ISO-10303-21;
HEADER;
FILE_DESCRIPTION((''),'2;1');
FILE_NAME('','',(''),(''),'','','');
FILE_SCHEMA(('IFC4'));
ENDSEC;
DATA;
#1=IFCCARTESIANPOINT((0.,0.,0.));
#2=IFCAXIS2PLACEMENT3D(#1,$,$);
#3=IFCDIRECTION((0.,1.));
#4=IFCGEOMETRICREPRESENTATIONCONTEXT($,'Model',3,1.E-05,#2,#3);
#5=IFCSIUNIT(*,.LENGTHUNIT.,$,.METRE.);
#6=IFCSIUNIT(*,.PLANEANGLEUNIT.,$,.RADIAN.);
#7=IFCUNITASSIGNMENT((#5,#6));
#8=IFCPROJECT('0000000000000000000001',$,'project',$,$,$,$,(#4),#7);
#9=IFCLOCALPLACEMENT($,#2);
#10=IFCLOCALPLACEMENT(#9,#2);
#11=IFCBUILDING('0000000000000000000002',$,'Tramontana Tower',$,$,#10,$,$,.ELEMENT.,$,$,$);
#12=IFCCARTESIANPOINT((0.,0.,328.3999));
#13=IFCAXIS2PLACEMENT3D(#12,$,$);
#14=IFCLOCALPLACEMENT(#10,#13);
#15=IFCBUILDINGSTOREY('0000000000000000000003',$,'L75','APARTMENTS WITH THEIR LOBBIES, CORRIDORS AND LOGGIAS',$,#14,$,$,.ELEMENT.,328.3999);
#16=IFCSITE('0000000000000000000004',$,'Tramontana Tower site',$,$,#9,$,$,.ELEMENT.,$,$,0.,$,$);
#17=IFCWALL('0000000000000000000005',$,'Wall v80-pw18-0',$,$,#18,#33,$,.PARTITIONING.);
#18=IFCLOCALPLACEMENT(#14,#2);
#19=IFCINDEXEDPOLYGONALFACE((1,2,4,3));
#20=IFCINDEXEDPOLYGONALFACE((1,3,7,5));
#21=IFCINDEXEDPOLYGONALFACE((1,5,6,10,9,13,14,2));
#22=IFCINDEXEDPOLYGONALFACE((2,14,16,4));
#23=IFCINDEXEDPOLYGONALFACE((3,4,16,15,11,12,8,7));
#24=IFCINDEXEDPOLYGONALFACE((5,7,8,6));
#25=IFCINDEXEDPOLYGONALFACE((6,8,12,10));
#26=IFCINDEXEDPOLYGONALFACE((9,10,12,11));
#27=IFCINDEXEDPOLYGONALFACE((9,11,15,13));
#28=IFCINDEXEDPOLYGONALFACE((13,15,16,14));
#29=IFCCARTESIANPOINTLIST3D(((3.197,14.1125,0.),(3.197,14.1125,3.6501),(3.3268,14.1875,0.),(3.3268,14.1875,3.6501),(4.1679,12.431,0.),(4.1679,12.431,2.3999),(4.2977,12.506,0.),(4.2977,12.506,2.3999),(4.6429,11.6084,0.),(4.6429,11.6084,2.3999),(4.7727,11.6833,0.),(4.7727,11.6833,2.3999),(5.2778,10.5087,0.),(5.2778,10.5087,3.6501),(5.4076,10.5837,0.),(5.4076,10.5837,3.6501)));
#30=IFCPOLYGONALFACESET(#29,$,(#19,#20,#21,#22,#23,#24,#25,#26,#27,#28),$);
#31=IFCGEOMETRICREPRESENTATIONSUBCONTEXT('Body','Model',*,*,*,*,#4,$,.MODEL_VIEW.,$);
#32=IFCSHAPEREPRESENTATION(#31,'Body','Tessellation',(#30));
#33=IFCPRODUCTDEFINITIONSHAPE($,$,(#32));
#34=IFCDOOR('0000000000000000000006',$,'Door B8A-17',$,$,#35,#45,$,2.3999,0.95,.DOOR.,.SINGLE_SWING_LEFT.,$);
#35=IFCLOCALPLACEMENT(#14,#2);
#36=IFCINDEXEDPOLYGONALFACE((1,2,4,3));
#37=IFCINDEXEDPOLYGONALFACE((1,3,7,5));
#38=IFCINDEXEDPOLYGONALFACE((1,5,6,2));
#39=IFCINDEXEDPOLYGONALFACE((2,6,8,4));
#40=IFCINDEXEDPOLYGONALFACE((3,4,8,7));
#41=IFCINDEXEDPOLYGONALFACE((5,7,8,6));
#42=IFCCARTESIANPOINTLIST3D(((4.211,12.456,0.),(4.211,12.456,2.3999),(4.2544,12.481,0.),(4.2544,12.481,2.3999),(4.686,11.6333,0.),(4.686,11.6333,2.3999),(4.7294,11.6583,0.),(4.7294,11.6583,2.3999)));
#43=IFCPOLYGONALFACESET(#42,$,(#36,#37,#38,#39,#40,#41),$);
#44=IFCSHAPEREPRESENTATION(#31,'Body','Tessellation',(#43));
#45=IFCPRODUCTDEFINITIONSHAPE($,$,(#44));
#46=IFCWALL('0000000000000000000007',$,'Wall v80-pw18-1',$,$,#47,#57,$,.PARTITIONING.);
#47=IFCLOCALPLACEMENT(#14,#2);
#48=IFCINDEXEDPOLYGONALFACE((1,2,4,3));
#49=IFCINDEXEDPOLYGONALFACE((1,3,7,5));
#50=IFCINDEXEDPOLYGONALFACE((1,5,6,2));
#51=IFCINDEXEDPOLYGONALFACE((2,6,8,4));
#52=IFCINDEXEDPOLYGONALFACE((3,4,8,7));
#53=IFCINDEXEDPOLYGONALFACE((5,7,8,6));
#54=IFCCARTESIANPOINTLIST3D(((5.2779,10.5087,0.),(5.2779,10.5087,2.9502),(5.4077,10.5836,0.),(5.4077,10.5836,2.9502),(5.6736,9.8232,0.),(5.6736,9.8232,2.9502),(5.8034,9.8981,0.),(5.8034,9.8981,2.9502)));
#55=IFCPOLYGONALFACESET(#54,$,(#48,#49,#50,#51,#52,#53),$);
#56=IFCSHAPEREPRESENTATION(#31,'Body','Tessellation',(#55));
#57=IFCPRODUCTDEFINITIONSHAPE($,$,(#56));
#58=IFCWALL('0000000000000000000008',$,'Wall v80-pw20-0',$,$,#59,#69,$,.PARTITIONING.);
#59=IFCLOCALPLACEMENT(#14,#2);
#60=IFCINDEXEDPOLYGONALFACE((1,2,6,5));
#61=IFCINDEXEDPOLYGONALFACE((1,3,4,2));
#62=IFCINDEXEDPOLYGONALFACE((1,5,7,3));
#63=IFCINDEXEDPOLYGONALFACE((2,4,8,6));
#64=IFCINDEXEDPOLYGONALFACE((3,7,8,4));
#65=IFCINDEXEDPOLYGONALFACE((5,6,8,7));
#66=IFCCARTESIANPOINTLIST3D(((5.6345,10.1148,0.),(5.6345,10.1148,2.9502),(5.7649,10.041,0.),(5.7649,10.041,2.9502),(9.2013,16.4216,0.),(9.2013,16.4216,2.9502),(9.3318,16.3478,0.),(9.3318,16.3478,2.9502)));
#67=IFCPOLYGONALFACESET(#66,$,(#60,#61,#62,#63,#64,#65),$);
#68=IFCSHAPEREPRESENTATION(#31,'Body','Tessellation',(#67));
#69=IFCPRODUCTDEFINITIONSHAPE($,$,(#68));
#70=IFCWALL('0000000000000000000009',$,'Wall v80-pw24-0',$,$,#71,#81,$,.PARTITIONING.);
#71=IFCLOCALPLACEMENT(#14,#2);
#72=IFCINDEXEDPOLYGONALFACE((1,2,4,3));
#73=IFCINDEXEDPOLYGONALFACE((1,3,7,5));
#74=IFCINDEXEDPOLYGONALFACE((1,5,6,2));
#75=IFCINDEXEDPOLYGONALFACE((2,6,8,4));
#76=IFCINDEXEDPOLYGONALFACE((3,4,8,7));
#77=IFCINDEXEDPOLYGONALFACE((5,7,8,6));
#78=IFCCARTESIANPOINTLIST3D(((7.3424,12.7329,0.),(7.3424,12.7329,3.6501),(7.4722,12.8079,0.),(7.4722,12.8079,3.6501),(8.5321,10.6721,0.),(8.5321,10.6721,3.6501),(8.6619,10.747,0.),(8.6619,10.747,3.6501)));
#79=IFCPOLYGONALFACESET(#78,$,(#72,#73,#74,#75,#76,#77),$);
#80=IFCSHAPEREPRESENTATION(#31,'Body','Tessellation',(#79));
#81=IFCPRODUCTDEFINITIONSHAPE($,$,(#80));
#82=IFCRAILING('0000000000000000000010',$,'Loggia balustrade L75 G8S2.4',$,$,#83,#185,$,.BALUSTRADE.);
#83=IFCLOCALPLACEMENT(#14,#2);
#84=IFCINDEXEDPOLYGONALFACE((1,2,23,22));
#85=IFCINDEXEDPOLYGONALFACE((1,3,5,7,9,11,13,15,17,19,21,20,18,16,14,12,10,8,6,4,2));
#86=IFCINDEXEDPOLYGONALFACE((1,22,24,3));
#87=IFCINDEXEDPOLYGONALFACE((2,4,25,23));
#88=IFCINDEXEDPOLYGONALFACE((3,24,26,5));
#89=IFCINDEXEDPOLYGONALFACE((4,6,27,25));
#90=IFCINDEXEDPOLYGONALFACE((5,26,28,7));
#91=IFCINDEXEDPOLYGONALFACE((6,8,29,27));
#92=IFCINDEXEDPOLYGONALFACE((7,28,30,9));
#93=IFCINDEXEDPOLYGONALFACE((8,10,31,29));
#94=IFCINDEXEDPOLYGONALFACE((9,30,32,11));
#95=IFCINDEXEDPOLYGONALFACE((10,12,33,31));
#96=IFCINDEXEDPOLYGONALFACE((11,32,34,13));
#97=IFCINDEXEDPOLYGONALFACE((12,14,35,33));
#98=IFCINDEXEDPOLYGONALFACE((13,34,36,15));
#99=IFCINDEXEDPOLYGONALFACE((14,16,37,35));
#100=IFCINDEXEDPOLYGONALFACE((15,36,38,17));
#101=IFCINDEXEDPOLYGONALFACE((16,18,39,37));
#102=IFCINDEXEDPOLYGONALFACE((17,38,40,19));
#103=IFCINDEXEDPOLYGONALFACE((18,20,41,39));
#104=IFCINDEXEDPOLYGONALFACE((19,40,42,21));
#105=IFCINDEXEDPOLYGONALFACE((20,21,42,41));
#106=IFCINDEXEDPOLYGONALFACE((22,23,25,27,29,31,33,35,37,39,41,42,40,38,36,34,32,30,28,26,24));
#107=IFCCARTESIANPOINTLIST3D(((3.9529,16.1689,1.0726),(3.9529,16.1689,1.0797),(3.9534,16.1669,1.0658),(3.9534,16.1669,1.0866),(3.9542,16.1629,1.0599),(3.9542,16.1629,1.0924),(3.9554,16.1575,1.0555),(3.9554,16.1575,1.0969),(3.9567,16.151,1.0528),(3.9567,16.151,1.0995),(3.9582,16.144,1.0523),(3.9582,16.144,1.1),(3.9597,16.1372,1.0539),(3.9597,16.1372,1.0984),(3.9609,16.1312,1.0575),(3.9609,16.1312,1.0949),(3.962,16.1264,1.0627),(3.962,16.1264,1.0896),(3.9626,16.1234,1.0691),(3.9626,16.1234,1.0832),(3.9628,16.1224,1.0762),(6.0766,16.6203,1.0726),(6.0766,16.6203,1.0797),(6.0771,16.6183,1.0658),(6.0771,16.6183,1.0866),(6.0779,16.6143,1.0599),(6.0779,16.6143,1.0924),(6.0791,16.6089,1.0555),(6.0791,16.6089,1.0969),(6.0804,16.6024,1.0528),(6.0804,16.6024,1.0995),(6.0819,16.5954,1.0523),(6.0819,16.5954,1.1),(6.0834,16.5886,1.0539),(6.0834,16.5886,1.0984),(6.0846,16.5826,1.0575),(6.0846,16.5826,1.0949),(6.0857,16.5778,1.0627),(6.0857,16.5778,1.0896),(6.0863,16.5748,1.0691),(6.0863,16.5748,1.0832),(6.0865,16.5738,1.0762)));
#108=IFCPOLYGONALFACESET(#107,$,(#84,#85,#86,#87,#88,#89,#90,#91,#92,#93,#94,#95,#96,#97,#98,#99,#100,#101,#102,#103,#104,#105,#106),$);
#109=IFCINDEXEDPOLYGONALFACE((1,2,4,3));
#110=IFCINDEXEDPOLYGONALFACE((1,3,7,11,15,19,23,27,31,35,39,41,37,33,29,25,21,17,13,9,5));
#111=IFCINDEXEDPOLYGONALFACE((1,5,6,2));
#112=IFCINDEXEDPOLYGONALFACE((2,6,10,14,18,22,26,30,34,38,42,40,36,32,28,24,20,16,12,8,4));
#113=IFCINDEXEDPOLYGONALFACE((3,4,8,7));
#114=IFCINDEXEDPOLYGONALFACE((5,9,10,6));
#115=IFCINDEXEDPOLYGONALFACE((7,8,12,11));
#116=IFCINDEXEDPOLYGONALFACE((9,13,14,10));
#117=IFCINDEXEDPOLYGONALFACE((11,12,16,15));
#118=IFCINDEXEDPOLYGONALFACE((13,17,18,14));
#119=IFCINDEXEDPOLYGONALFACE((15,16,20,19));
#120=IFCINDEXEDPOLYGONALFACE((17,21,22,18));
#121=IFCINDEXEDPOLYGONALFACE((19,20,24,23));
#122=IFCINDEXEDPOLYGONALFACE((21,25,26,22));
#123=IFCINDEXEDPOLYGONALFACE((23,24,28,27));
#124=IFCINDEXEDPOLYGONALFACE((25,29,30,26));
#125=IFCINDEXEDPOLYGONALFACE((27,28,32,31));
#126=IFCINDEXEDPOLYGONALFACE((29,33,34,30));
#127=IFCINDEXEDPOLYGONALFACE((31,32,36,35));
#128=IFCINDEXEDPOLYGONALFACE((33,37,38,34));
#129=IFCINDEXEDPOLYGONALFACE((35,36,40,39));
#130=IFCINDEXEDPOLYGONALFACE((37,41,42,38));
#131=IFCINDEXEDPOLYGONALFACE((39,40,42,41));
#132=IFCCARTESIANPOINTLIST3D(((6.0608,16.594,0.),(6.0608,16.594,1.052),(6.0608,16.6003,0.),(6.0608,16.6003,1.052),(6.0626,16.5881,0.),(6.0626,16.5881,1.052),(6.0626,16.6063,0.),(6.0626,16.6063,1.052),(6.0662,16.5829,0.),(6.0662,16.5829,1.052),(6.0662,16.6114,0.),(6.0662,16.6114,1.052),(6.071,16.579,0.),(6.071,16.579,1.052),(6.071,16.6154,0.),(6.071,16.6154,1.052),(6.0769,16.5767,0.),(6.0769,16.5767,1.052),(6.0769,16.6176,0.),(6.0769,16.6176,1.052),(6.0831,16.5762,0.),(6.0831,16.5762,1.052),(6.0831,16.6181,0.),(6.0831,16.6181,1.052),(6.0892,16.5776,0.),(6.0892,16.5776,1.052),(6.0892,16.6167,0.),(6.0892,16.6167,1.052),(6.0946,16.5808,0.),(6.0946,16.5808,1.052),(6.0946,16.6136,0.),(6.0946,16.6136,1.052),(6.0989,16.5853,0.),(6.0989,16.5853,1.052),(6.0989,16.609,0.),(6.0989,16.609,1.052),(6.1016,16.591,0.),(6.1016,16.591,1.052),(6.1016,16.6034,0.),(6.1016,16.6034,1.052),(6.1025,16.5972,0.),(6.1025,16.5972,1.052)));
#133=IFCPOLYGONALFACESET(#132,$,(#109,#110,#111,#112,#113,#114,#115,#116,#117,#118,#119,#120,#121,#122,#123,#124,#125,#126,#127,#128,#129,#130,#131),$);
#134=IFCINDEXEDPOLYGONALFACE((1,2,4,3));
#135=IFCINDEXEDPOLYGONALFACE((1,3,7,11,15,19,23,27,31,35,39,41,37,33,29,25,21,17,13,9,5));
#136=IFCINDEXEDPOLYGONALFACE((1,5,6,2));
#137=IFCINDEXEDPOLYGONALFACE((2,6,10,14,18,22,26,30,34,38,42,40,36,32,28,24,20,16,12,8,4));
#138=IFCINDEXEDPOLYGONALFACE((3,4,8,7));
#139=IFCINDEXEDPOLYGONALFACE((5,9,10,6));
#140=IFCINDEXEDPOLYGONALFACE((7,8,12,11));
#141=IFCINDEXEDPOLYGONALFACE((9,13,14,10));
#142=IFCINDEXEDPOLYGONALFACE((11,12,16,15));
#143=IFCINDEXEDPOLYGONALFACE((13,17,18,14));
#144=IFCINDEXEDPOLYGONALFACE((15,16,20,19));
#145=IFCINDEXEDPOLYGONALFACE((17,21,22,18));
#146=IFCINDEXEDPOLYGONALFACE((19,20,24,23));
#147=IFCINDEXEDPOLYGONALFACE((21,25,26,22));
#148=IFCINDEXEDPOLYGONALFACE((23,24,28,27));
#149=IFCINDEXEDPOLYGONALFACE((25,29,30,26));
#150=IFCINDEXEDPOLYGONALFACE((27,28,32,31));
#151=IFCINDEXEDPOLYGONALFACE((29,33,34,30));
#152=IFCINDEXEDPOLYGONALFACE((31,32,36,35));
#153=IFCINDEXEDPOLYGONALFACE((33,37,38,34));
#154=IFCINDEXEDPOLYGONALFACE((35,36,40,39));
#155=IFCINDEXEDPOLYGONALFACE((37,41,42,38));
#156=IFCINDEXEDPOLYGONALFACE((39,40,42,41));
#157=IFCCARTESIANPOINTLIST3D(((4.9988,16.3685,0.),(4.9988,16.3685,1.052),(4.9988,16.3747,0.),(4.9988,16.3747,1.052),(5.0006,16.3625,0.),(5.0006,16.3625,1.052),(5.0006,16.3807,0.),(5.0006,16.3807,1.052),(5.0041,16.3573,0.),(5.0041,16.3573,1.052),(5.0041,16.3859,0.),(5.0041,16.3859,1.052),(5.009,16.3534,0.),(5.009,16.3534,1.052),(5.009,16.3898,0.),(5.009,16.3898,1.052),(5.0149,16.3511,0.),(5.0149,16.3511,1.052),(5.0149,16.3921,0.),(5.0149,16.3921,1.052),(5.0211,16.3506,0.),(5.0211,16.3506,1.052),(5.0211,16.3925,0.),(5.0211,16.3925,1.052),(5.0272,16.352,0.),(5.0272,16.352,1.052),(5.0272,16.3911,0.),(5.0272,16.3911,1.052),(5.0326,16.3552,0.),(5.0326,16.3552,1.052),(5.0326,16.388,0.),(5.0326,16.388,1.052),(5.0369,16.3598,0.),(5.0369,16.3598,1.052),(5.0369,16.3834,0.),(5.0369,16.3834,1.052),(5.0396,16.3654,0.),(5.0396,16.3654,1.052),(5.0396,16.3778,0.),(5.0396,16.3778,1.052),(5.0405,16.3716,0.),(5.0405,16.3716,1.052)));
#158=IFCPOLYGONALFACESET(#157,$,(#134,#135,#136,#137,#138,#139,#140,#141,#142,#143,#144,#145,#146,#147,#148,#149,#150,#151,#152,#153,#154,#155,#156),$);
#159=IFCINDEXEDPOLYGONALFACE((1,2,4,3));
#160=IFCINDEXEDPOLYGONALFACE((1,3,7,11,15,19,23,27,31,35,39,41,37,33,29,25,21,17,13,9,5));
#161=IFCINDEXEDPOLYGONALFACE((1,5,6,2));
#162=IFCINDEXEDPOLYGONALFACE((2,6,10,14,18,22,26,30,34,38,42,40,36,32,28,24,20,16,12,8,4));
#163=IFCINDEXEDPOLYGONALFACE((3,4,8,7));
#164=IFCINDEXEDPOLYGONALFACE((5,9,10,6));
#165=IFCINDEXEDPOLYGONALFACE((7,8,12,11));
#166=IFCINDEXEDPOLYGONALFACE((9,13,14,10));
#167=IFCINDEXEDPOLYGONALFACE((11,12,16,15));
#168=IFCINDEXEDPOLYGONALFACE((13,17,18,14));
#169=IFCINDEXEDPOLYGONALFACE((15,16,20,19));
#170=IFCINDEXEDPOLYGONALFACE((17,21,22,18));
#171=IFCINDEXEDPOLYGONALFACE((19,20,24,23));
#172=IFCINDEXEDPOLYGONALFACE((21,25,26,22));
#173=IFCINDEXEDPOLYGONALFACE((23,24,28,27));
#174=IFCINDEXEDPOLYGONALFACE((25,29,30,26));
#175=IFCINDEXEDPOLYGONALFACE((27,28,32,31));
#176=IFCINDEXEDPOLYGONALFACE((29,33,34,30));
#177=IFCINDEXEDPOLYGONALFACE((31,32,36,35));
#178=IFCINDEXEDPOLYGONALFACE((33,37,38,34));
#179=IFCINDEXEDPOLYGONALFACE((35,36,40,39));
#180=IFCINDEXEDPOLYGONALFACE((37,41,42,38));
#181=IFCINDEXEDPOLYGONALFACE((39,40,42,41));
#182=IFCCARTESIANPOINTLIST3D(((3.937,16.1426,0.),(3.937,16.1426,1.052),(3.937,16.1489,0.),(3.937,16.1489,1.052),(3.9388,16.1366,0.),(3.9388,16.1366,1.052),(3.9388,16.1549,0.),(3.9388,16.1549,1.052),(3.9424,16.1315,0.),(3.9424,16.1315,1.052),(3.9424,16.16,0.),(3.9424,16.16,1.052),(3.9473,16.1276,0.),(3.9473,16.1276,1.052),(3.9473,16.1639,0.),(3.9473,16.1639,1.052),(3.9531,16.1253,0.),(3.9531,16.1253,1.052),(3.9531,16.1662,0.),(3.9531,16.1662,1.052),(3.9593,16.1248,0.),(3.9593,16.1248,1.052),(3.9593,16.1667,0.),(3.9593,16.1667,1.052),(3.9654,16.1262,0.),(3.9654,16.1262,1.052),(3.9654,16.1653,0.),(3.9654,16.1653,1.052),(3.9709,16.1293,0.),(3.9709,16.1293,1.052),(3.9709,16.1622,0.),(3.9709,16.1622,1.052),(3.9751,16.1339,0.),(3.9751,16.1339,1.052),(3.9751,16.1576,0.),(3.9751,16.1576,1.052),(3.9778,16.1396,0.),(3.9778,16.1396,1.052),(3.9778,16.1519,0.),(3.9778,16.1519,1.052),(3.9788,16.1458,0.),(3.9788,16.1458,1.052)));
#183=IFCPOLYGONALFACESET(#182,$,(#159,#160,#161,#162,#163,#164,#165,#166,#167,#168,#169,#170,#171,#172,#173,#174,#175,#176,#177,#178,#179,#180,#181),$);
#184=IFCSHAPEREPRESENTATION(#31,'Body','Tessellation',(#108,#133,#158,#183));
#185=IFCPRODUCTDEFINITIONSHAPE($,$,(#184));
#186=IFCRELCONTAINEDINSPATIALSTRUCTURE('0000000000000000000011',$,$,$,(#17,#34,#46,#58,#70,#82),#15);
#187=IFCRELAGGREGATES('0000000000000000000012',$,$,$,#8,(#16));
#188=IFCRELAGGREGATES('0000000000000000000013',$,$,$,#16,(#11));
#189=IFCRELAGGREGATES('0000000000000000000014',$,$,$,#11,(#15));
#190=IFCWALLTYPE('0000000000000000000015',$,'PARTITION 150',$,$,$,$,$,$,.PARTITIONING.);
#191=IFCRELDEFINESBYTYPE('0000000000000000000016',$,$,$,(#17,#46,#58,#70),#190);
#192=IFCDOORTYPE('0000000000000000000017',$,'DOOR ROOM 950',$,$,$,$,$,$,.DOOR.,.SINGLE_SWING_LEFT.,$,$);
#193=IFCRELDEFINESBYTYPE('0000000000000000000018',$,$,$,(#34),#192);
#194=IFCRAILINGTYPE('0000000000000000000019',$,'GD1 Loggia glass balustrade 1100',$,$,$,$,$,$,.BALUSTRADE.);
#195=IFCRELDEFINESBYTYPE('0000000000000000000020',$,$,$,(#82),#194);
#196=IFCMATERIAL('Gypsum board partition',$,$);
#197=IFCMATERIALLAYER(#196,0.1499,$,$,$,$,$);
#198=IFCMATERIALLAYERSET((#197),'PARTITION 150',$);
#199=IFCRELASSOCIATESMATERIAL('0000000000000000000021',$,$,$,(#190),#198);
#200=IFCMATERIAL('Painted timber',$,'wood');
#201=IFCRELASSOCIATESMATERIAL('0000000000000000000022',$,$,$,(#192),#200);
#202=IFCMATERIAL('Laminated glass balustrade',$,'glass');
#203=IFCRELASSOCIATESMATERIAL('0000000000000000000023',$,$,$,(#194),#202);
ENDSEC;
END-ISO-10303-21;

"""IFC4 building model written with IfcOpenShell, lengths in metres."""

from ifc_helpers import new_model, si_unit, direction, frame, frame_2d, origin, origin_2d, place, context, subcontext, project, spatial, rectangle, circle, extrude, material, layer, layer_set, type_object, element, fill, save


model = new_model("IFC4")

# Units and contexts
model_context = context("Model", 3, precision=1e-05, world=origin(), true_north=direction((0.0, 1.0)))
body_context = subcontext(model_context, "Body", "Model", "MODEL_VIEW")
ifc_project = project(units=[si_unit("LENGTHUNIT", "METRE"), si_unit("PLANEANGLEUNIT", "RADIAN")], contexts=[model_context])

# Site, building, storey
site_placement = place(None, origin())
site = spatial("IfcSite", under=ifc_project, at=site_placement, Name="Tramontana Tower site", CompositionType="ELEMENT", RefElevation=0.0)
building_placement = place(site_placement, origin())
building = spatial("IfcBuilding", under=site, at=building_placement, Name="Tramontana Tower", CompositionType="ELEMENT")
storey_placement = place(building_placement, frame((0.0, 0.0, 328.3999)))
storey = spatial("IfcBuildingStorey", under=building, at=storey_placement, Name="L75", Description="APARTMENTS WITH THEIR LOBBIES, CORRIDORS AND LOGGIAS", CompositionType="ELEMENT", Elevation=328.3999)

# Shared definitions
ifc_material_1 = material(Name="Gypsum board partition")
ifc_layer_1 = layer(ifc_material_1, 0.1499)
ifc_layer_set_1 = layer_set([ifc_layer_1], Name="PARTITION 150")
wall_type_1 = type_object("IfcWallType", Name="PARTITION 150", PredefinedType="PARTITIONING", material=ifc_layer_set_1)

# Wall, opening, door
wall_1_placement = place(storey_placement, frame((3.262, 14.1499, 0.0), z_axis=(0.0, 0.0, 1.0), x_axis=(0.500032, -0.866007, 0.0)))
wall_1 = element("IfcWall", 1, at=wall_1_placement, inside=storey, type_object=wall_type_1, Name="Wall v80-pw18-0", PredefinedType="PARTITIONING", context=body_context, shape_type="SweptSolid", body=[
    extrude(rectangle(XDim=4.1614, YDim=0.1499, at=frame_2d((2.0806, 0.0))), origin(), (0.0, 0.0, 1.0), 3.6501),
])
opening_1_placement = place(wall_1_placement, frame((1.9414, 0.0, 0.0)))
opening_1 = element("IfcOpeningElement", 2, at=opening_1_placement, cuts=wall_1, PredefinedType="OPENING", context=body_context, shape_type="SweptSolid", body=[
    extrude(rectangle(XDim=0.95, YDim=2.3999, at=frame_2d((0.4751, 1.2))), frame((0.0, 0.085, 0.0), z_axis=(0.0, -1.0, 0.0), x_axis=(1.0, 0.0, 0.0)), (0.0, 0.0, 1.0), 0.1699),
])
ifc_material_2 = material(Name="Painted timber", Category="wood")
door_type_1 = type_object("IfcDoorType", Name="DOOR ROOM 950", OperationType="SINGLE_SWING_LEFT", PredefinedType="DOOR", material=ifc_material_2)
door_1_placement = place(opening_1_placement, origin())
door_1 = element("IfcDoor", 3, at=door_1_placement, inside=storey, type_object=door_type_1, Name="Door B8A-17", OperationType="SINGLE_SWING_LEFT", OverallHeight=2.3999, OverallWidth=0.95, PredefinedType="DOOR", context=body_context, shape_type="SweptSolid", body=[
    extrude(rectangle(XDim=0.95, YDim=2.3999, at=frame_2d((0.4751, 1.2))), frame((0.0, 0.0249, 0.0), z_axis=(0.0, -1.0, 0.0), x_axis=(1.0, 0.0, 0.0)), (0.0, 0.0, 1.0), 0.05),
])
fill(opening_1, door_1)

# Walls
wall_2_placement = place(storey_placement, frame((5.3428, 10.5461, 0.0), z_axis=(0.0, 0.0, 1.0), x_axis=(0.499954, -0.866052, 0.0)))
element("IfcWall", 4, at=wall_2_placement, inside=storey, type_object=wall_type_1, Name="Wall v80-pw18-1", PredefinedType="PARTITIONING", context=body_context, shape_type="SweptSolid", body=[
    extrude(rectangle(XDim=0.7915, YDim=0.1499, at=frame_2d((0.3958, 0.0))), origin(), (0.0, 0.0, 1.0), 2.9502),
])
wall_3_placement = place(storey_placement, frame((5.6997, 10.0779, 0.0), z_axis=(0.0, 0.0, 1.0), x_axis=(0.49228, 0.870437, 0.0)))
element("IfcWall", 5, at=wall_3_placement, inside=storey, type_object=wall_type_1, Name="Wall v80-pw20-0", PredefinedType="PARTITIONING", context=body_context, shape_type="SweptSolid", body=[
    extrude(rectangle(XDim=7.2456, YDim=0.1499, at=frame_2d((3.6228, 0.0))), origin(), (0.0, 0.0, 1.0), 2.9502),
])
wall_4_placement = place(storey_placement, frame((7.4072, 12.7705, 0.0), z_axis=(0.0, 0.0, 1.0), x_axis=(0.499968, -0.866044, 0.0)))
element("IfcWall", 6, at=wall_4_placement, inside=storey, type_object=wall_type_1, Name="Wall v80-pw24-0", PredefinedType="PARTITIONING", context=body_context, shape_type="SweptSolid", body=[
    extrude(rectangle(XDim=2.3796, YDim=0.1499, at=frame_2d((1.1899, 0.0))), origin(), (0.0, 0.0, 1.0), 3.6501),
])

# Railing
ifc_material_3 = material(Name="Laminated glass balustrade", Category="glass")
railing_type = type_object("IfcRailingType", Name="GD1 Loggia glass balustrade 1100", PredefinedType="BALUSTRADE", material=ifc_material_3)
railing_placement = place(storey_placement, frame((6.0815, 16.5972, 0.0)))
element("IfcRailing", 7, at=railing_placement, inside=storey, type_object=railing_type, Name="Loggia balustrade L75 G8S2.4", PredefinedType="BALUSTRADE", context=body_context, shape_type="SweptSolid", body=[
    extrude(circle(Radius=0.0239, at=origin_2d()), frame((0.0, 0.0, 1.0762), z_axis=(-0.978148, -0.207909, 0.0), x_axis=(0.207909, -0.978148, 0.0)), (0.0, 0.0, 1.0), 2.1711),
    extrude(circle(Radius=0.021, at=origin_2d()), origin(), (0.0, 0.0, 1.0), 1.052),
    extrude(circle(Radius=0.021, at=origin_2d()), frame((-1.062, -0.2256, 0.0)), (0.0, 0.0, 1.0), 1.052),
    extrude(circle(Radius=0.021, at=origin_2d()), frame((-2.1238, -0.4514, 0.0)), (0.0, 0.0, 1.0), 1.052),
])

save(model, "model.ifc")
